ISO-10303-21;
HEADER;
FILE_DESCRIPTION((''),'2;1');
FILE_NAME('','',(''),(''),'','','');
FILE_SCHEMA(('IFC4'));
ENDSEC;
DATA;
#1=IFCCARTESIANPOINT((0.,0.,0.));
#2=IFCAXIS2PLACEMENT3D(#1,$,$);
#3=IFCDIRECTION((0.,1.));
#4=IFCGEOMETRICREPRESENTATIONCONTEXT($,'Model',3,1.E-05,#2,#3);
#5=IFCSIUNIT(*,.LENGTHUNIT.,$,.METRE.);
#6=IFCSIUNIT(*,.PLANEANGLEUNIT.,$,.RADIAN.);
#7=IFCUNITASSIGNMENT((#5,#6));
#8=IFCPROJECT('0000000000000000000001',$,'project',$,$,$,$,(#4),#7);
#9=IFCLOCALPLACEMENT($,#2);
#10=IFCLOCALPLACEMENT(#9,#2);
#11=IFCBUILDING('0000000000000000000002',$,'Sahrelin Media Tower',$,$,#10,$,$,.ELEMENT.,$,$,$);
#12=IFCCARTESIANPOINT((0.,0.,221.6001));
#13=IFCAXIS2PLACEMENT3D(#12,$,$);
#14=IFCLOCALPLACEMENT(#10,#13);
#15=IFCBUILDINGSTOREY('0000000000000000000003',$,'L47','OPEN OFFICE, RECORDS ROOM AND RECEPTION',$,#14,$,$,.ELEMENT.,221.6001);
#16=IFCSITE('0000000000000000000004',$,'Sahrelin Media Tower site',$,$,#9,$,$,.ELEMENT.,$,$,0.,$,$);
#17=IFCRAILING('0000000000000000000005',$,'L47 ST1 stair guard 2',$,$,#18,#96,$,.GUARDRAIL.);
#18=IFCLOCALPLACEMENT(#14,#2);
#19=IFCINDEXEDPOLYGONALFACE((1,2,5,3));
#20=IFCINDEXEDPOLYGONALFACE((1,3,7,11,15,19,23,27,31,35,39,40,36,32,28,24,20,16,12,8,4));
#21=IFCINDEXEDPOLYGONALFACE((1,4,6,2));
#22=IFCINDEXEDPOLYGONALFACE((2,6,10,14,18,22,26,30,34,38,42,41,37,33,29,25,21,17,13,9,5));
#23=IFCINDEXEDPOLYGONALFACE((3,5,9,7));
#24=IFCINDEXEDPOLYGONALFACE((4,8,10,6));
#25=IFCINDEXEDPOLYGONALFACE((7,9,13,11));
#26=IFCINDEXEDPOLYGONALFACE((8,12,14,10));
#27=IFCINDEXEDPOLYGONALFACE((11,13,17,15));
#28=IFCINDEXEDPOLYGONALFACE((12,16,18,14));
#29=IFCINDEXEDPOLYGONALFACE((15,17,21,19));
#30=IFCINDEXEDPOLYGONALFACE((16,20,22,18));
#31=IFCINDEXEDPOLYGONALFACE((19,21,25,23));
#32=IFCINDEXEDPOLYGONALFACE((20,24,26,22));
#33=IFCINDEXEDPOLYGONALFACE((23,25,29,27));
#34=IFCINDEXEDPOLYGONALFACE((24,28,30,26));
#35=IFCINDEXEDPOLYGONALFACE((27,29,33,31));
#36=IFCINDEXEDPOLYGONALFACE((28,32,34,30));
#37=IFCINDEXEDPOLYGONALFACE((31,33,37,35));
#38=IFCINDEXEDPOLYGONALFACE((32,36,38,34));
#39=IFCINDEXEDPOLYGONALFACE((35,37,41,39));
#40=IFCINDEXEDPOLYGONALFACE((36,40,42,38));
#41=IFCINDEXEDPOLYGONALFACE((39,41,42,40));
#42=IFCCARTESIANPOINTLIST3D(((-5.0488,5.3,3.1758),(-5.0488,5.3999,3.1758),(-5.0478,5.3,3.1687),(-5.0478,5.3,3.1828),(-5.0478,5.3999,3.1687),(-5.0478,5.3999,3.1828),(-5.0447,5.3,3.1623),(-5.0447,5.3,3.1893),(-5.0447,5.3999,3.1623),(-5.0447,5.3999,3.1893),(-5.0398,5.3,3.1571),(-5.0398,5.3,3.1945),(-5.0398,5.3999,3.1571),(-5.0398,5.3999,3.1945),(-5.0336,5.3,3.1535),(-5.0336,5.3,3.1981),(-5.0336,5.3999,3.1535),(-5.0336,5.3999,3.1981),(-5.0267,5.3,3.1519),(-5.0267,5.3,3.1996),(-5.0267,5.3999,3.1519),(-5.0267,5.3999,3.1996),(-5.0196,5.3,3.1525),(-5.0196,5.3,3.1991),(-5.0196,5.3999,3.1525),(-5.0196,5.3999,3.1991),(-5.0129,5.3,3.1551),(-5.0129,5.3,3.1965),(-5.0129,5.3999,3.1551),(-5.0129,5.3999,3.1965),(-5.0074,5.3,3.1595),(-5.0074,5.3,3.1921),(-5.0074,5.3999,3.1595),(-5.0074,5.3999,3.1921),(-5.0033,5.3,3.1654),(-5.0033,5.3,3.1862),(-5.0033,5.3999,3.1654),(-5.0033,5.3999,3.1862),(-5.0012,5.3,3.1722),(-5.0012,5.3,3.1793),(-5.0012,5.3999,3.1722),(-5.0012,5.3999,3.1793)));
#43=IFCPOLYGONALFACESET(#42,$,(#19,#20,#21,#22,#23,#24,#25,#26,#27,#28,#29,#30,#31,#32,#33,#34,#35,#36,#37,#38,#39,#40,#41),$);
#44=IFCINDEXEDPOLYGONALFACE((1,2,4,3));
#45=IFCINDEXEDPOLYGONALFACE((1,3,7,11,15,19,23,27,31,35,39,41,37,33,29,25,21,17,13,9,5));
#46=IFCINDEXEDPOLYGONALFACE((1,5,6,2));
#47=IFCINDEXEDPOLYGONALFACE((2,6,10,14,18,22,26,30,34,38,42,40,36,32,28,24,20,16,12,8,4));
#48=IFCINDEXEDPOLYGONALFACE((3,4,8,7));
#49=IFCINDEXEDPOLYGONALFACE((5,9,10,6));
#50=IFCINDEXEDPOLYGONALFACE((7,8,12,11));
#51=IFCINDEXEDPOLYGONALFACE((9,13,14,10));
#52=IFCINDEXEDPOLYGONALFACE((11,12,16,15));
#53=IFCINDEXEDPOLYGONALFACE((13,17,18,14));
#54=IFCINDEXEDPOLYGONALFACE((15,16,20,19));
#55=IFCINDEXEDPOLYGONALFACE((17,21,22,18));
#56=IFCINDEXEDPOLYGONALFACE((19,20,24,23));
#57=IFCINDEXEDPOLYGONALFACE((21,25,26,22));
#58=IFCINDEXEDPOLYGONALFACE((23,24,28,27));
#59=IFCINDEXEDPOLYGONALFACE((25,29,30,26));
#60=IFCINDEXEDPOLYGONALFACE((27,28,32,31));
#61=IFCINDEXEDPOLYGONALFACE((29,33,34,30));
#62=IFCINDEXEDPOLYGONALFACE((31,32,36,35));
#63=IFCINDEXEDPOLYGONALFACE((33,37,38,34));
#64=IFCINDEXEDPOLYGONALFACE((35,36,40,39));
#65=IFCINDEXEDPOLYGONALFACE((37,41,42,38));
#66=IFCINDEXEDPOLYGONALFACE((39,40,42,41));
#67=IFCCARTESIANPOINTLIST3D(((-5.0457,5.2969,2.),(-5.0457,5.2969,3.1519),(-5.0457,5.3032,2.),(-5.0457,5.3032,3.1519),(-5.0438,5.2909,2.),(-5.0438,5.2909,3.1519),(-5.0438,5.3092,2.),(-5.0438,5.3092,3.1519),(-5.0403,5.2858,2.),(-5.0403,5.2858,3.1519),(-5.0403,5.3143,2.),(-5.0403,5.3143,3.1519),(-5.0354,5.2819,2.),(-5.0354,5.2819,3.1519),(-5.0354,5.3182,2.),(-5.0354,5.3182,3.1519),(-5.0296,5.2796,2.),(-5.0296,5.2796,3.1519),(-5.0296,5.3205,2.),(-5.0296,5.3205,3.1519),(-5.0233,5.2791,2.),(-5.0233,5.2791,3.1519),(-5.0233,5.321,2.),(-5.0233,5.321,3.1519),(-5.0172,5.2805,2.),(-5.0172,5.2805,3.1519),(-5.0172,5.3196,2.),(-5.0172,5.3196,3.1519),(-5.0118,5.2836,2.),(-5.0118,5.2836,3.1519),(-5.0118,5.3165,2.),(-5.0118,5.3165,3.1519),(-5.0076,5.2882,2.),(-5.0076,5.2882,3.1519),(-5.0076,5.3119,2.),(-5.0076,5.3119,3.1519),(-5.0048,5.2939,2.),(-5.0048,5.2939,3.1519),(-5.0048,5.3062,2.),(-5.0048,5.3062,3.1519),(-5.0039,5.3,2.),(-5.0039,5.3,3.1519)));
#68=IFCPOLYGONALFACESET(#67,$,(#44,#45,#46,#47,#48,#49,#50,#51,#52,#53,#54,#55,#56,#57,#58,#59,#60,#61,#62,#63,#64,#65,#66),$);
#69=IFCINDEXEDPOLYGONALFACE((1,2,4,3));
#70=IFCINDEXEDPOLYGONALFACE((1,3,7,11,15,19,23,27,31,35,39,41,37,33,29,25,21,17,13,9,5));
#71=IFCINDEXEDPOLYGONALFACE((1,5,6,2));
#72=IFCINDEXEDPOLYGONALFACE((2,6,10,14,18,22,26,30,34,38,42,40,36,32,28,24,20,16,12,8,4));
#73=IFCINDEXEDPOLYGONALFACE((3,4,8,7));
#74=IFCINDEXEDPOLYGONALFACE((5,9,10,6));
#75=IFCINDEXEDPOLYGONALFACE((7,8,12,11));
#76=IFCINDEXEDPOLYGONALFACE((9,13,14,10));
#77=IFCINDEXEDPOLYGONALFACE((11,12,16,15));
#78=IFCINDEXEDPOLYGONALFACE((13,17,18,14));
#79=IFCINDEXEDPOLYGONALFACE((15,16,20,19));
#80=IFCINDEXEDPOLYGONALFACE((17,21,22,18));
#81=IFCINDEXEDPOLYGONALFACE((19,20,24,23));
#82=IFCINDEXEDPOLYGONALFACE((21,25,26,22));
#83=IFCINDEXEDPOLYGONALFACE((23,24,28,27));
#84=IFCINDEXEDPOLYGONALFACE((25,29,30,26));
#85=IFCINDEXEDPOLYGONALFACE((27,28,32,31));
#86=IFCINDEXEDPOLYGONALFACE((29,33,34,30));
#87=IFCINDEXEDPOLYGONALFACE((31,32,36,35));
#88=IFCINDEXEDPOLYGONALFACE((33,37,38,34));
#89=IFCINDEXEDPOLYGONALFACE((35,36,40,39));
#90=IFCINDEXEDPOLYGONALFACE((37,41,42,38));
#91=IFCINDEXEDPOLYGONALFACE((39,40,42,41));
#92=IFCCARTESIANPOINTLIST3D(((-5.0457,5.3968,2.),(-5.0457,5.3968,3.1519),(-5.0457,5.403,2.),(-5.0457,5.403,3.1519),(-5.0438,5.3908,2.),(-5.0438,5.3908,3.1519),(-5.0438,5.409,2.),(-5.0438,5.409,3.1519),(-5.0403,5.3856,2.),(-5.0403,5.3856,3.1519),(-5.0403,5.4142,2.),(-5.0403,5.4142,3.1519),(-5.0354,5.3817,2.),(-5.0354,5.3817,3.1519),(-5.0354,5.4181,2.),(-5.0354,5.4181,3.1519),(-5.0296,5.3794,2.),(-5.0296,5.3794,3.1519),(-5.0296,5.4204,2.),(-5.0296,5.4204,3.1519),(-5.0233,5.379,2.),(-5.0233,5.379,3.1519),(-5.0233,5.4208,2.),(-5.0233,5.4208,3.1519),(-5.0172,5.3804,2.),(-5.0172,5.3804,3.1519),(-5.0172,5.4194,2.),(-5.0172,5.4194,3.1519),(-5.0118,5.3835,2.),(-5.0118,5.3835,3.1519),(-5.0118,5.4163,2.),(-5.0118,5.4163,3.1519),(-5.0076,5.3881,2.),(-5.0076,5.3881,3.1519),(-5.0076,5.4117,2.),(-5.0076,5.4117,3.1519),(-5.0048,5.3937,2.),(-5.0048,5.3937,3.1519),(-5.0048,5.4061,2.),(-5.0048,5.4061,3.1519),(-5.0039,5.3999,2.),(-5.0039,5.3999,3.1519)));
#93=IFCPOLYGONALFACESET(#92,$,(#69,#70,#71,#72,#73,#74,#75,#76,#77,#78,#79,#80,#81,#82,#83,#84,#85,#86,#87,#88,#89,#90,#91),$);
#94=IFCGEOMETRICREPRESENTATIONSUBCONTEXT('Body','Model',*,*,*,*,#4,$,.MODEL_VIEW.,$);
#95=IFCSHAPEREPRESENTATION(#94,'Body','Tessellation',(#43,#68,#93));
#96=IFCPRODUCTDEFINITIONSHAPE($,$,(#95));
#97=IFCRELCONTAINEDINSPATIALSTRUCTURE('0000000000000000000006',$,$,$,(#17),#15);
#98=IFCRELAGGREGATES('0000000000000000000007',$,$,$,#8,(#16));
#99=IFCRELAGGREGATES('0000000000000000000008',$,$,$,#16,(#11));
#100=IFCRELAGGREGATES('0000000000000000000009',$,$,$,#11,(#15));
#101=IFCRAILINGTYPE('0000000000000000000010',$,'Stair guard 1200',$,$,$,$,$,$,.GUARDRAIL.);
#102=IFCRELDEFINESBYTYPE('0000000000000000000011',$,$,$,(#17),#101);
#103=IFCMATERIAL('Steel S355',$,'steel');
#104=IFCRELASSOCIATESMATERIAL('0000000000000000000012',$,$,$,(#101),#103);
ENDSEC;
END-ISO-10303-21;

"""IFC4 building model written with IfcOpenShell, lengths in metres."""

from ifc_helpers import new_model, si_unit, direction, frame, origin, origin_2d, place, context, subcontext, project, spatial, circle, extrude, material, type_object, element, save


model = new_model("IFC4")

# Units and contexts
model_context = context("Model", 3, precision=1e-05, world=origin(), true_north=direction((0.0, 1.0)))
body_context = subcontext(model_context, "Body", "Model", "MODEL_VIEW")
ifc_project = project(units=[si_unit("LENGTHUNIT", "METRE"), si_unit("PLANEANGLEUNIT", "RADIAN")], contexts=[model_context])

# Site, building, storey
site_placement = place(None, origin())
site = spatial("IfcSite", under=ifc_project, at=site_placement, Name="Sahrelin Media Tower site", CompositionType="ELEMENT", RefElevation=0.0)
building_placement = place(site_placement, origin())
building = spatial("IfcBuilding", under=site, at=building_placement, Name="Sahrelin Media Tower", CompositionType="ELEMENT")
storey_placement = place(building_placement, frame((0.0, 0.0, 221.6001)))
storey = spatial("IfcBuildingStorey", under=building, at=storey_placement, Name="L47", Description="OPEN OFFICE, RECORDS ROOM AND RECEPTION", CompositionType="ELEMENT", Elevation=221.6001)

# Shared definitions
ifc_material_1 = material(Name="Steel S355", Category="steel")

# Railing
railing_type_1 = type_object("IfcRailingType", Name="Stair guard 1200", PredefinedType="GUARDRAIL", material=ifc_material_1)
railing_1_placement = place(storey_placement, frame((-5.0249, 5.3, 2.0)))
element("IfcRailing", 1, at=railing_1_placement, inside=storey, type_object=railing_type_1, Name="L47 ST1 stair guard 2", PredefinedType="GUARDRAIL", context=body_context, shape_type="SweptSolid", body=[
    extrude(circle(Radius=0.0239, at=origin_2d()), frame((0.0, 0.0, 1.1758), z_axis=(0.0, 1.0, 0.0), x_axis=(-1.0, 0.0, 0.0)), (0.0, 0.0, 1.0), 0.0999),
    extrude(circle(Radius=0.021, at=origin_2d()), origin(), (0.0, 0.0, 1.0), 1.1519),
    extrude(circle(Radius=0.021, at=origin_2d()), frame((0.0, 0.0999, 0.0)), (0.0, 0.0, 1.0), 1.1519),
])

save(model, "model.ifc")
